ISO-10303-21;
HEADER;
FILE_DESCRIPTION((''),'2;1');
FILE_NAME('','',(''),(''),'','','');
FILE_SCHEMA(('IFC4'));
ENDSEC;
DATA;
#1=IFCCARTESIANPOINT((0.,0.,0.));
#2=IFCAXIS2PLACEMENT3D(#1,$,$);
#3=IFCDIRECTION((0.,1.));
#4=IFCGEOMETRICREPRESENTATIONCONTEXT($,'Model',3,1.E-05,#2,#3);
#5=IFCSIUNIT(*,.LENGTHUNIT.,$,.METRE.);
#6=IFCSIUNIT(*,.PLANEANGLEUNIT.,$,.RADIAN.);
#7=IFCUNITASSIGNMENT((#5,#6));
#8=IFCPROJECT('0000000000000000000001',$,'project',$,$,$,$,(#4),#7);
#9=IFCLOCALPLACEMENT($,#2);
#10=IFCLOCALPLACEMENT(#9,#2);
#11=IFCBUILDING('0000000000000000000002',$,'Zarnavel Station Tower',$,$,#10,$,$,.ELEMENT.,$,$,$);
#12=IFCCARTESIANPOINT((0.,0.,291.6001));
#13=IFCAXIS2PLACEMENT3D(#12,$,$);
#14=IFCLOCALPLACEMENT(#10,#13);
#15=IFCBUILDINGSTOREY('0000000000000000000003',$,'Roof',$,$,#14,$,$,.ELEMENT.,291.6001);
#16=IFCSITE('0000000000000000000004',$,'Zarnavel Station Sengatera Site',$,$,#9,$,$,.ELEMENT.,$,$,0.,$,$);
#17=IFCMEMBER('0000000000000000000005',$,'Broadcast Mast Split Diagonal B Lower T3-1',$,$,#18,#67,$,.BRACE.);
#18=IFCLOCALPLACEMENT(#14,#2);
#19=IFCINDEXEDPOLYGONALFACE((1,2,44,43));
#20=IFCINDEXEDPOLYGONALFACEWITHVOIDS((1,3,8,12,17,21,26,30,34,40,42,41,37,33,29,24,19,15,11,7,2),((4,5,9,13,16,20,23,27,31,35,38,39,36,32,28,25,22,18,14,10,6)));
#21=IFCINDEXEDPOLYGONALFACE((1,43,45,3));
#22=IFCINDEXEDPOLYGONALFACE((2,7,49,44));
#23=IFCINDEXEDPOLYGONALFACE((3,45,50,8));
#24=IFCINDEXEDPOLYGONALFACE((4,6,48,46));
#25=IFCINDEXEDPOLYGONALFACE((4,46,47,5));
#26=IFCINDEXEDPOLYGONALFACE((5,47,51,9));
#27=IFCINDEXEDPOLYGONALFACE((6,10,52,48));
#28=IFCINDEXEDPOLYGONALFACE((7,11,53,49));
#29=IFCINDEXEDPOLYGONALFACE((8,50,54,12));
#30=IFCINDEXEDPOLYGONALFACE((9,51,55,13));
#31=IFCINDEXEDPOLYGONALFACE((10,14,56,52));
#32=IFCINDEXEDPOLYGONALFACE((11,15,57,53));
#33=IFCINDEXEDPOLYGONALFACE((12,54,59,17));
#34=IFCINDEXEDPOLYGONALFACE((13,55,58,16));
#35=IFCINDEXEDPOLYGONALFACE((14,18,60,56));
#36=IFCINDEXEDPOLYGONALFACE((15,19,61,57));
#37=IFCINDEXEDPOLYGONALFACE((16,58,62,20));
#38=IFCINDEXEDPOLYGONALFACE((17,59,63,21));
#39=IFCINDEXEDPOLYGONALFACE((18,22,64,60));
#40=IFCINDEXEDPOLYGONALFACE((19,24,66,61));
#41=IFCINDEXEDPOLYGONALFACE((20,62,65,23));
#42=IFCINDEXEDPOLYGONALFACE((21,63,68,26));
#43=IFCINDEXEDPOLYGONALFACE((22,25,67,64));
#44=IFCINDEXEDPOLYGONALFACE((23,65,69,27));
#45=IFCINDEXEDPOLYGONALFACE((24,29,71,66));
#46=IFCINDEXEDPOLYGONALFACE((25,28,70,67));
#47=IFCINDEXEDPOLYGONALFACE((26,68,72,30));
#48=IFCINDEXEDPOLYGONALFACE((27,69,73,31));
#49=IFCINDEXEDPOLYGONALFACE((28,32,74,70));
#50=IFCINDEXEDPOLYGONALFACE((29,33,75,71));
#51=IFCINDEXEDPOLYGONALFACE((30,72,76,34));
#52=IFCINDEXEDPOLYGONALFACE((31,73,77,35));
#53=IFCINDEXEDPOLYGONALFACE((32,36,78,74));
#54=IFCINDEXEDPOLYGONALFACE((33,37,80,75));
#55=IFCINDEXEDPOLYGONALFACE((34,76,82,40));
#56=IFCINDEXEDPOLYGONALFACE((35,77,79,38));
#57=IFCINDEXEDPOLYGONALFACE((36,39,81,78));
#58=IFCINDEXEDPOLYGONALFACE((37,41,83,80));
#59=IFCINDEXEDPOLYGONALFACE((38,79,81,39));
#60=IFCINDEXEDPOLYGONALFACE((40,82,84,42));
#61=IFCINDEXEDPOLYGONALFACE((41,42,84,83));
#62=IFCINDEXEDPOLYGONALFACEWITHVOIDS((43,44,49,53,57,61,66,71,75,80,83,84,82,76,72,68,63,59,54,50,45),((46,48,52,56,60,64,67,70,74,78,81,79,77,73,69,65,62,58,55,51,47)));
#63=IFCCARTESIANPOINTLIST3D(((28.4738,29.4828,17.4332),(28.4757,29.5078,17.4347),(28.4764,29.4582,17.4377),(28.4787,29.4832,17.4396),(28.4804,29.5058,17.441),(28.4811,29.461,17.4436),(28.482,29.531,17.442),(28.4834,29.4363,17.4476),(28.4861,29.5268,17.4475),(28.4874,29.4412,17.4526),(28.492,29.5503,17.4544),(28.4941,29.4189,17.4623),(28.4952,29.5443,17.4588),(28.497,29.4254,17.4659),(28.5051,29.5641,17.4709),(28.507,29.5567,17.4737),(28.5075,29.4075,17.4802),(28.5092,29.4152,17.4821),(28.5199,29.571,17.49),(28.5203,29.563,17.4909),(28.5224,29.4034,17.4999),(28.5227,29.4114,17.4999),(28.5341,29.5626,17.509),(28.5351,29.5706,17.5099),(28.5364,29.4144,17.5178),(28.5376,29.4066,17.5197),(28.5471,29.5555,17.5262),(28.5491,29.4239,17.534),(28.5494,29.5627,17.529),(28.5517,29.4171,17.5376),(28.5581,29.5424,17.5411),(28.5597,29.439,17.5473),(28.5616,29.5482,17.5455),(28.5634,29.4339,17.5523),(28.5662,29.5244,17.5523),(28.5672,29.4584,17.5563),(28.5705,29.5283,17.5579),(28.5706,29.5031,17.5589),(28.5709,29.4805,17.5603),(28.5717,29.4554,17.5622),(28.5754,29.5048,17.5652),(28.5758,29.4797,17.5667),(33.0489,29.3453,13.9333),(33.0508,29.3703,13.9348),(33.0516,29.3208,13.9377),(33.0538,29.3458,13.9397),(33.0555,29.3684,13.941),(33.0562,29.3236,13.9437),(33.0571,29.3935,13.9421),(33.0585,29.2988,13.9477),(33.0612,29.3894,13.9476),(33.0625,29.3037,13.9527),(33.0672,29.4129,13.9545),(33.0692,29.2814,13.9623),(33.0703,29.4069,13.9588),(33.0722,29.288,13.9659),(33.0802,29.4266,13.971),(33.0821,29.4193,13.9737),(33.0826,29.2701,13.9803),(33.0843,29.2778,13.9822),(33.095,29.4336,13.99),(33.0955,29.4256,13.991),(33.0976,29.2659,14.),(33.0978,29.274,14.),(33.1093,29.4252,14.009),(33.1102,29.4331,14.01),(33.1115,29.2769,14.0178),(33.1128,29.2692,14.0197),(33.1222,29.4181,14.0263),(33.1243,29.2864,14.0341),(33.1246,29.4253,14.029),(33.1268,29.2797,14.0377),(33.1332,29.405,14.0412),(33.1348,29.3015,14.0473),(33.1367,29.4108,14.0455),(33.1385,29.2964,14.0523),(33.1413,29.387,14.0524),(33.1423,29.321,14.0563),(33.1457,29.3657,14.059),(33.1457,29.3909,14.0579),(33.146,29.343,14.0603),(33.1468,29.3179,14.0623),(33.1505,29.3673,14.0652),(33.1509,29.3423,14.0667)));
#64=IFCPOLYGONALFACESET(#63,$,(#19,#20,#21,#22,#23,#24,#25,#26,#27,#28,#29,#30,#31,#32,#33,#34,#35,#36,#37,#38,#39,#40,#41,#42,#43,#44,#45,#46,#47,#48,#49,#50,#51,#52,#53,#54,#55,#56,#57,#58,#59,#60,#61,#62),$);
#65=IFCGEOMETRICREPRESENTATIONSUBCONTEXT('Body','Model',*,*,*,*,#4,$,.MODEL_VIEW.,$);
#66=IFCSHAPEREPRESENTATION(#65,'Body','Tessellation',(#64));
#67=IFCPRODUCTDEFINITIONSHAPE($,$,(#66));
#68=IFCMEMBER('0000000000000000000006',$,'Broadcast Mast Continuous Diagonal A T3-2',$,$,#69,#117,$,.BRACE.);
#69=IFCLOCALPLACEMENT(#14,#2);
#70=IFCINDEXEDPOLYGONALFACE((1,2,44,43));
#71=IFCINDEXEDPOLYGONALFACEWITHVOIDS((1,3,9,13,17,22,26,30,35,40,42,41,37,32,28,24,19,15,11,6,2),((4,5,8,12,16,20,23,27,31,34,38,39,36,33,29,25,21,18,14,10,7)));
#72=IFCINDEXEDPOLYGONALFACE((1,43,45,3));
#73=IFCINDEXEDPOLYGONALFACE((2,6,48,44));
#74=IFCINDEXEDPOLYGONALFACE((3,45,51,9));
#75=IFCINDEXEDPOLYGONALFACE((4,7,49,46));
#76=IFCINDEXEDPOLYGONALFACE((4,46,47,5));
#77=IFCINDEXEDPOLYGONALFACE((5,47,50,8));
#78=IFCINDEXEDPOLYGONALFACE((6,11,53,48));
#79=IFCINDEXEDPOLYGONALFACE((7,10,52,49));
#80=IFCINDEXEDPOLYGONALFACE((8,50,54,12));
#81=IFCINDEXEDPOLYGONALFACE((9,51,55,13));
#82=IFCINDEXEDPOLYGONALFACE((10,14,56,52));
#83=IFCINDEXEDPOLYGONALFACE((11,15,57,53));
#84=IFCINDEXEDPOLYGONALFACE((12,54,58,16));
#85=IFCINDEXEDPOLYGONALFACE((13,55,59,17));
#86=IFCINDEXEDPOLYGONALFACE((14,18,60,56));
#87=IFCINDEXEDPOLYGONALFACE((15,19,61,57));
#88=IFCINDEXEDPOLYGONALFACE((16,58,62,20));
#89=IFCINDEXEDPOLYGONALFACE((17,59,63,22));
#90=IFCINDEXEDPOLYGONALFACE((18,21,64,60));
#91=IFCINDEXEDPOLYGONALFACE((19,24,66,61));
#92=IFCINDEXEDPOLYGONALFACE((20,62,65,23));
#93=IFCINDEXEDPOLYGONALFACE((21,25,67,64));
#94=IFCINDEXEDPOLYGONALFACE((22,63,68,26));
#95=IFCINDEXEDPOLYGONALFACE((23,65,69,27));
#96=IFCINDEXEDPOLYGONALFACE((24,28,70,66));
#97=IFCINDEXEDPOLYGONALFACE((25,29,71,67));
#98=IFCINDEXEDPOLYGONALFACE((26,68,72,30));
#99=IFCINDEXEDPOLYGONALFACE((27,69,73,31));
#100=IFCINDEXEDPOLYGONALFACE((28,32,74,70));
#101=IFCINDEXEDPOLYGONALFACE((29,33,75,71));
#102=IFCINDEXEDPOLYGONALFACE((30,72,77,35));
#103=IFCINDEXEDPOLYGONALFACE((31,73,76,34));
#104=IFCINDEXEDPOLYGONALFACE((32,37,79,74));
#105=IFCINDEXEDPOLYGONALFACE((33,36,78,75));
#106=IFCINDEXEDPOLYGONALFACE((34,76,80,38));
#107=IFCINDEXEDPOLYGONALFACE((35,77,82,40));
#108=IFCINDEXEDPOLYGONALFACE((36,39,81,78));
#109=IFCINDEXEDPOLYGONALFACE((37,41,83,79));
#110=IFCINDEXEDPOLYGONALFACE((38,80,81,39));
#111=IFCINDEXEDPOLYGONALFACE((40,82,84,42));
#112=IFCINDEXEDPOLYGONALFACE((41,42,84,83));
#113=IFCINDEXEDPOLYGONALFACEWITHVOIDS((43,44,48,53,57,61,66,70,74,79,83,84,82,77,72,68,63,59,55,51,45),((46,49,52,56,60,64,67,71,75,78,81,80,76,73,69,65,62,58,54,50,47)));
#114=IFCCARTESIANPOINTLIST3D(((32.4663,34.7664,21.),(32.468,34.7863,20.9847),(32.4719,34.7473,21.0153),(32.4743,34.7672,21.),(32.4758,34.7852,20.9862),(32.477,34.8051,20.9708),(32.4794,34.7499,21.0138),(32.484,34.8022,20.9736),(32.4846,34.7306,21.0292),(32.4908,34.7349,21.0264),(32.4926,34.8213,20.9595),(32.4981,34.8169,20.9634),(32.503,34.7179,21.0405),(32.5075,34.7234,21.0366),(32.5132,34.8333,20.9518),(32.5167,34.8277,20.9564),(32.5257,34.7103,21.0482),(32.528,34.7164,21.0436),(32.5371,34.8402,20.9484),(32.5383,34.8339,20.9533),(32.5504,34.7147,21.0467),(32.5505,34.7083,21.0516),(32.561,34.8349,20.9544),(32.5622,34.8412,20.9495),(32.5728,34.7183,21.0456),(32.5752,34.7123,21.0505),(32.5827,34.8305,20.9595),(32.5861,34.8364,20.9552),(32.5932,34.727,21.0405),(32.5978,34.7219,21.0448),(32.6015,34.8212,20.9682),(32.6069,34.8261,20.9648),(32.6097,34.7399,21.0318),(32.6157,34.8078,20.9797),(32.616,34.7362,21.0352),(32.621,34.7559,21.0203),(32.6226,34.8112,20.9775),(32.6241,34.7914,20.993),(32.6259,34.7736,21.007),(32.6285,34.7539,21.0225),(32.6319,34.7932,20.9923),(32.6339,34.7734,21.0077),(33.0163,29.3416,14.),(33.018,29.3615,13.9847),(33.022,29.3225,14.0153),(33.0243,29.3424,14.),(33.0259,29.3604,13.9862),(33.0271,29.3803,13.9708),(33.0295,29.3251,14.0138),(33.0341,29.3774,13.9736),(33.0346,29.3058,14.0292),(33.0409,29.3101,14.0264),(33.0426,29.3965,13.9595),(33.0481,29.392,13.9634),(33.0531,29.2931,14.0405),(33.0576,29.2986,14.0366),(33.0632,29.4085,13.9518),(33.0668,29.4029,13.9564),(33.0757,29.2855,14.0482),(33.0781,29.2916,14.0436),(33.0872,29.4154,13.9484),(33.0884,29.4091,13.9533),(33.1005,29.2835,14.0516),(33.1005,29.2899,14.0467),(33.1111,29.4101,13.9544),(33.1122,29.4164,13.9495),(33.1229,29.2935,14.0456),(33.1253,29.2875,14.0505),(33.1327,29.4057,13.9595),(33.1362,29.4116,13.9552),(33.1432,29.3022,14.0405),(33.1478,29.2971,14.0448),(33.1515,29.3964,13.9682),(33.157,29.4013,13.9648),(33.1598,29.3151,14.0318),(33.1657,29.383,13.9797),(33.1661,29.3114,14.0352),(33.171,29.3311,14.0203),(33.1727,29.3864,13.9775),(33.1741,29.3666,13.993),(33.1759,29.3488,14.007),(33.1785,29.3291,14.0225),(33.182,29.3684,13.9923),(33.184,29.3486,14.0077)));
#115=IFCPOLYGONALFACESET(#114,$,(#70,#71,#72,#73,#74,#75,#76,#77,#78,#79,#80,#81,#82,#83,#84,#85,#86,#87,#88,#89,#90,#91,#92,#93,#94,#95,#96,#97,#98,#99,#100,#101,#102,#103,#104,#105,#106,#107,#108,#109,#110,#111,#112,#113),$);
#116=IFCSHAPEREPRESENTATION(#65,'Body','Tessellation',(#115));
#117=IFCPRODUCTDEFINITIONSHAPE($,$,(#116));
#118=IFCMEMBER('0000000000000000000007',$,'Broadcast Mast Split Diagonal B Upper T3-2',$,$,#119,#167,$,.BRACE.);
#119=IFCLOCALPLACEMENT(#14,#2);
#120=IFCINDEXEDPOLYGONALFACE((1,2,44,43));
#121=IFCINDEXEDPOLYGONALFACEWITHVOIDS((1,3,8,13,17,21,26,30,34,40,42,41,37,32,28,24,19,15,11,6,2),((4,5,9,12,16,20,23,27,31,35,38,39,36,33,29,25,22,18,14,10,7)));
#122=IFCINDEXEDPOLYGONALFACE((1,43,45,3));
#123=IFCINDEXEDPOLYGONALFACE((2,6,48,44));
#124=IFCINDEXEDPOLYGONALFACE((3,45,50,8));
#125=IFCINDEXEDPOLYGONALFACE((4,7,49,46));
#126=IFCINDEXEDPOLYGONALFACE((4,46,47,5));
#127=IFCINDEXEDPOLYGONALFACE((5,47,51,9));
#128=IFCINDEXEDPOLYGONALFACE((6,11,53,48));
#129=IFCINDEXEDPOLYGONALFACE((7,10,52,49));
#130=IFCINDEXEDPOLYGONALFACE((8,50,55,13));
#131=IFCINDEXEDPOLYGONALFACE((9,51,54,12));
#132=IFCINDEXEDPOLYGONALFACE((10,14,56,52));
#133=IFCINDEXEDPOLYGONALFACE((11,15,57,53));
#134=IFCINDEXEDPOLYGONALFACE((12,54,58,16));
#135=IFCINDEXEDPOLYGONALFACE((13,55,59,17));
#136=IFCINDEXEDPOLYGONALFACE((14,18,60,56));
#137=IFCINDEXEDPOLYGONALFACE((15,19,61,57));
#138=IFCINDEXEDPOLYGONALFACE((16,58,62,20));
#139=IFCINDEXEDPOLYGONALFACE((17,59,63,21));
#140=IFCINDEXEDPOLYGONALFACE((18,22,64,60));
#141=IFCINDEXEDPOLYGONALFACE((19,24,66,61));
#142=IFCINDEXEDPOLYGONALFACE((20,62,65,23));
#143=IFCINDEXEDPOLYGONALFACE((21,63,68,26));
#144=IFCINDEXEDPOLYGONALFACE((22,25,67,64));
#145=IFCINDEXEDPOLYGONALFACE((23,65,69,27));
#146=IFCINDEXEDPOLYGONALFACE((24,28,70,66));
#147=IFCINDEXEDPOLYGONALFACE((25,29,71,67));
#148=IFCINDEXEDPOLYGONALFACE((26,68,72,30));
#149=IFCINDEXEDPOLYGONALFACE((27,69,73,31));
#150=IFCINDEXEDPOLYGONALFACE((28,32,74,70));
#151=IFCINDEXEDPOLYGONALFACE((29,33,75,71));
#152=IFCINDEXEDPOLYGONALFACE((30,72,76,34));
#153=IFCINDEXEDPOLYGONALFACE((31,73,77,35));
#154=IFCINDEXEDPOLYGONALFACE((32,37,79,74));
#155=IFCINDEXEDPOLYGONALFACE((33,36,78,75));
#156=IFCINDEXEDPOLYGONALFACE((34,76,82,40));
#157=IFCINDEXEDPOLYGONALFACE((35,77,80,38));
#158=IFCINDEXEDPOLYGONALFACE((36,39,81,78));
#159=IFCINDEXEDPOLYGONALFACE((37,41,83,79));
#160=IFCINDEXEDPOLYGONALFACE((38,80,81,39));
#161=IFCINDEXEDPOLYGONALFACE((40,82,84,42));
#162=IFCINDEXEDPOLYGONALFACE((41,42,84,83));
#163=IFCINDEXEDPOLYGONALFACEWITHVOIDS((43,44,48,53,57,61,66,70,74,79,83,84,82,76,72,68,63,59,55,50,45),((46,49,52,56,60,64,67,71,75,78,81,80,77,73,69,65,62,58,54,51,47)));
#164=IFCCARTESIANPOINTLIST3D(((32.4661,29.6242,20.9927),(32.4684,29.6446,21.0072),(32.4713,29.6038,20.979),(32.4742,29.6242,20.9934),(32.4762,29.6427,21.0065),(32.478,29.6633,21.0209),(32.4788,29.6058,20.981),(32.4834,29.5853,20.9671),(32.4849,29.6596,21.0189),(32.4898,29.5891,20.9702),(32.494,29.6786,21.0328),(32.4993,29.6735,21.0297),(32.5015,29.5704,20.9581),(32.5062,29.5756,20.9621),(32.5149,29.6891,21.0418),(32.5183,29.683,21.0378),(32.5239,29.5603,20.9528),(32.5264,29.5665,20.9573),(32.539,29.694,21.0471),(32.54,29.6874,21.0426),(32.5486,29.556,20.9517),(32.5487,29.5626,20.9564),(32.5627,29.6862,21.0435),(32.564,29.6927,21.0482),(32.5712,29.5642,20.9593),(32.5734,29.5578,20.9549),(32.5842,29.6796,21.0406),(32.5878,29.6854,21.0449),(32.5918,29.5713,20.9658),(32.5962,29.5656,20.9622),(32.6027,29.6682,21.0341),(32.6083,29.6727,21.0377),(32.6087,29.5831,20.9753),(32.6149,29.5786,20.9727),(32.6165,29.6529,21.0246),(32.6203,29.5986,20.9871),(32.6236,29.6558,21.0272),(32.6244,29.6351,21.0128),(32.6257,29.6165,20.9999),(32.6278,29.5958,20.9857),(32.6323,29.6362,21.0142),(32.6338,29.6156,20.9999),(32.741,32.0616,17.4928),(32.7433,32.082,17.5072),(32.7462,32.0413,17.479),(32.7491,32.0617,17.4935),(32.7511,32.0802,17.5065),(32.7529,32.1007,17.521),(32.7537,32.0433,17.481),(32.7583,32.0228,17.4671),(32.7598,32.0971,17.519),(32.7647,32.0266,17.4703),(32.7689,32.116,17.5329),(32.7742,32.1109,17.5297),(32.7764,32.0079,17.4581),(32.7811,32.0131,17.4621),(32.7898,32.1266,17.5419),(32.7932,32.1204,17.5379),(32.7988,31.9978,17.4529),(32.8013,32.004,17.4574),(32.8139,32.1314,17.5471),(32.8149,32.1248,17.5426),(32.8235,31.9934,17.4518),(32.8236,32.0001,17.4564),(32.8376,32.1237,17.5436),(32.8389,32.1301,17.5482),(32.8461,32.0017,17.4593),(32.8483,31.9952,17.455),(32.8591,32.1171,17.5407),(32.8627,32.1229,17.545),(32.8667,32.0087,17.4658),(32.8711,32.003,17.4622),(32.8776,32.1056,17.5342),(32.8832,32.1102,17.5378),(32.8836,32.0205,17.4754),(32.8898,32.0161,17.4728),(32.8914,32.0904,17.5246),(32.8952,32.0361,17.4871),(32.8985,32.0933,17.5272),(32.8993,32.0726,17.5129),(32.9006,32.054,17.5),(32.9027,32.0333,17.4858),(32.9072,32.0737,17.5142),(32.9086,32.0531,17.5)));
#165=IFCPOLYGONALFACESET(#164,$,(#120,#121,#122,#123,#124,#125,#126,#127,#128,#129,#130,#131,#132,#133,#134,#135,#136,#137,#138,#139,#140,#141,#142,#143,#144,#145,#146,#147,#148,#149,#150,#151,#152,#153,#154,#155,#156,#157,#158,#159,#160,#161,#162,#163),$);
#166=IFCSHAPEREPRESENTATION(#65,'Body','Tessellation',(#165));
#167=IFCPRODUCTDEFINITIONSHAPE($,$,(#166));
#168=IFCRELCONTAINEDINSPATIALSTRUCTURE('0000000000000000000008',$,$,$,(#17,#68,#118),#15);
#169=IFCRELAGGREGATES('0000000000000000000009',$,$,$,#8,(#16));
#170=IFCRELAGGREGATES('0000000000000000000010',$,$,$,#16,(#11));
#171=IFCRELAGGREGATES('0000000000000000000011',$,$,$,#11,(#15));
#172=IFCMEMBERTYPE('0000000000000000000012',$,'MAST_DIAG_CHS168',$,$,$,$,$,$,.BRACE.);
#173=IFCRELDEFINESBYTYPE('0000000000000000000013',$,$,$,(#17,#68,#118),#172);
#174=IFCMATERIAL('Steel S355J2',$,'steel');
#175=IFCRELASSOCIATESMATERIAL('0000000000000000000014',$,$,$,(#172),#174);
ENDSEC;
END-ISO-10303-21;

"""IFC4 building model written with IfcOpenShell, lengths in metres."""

from ifc_helpers import new_model, si_unit, direction, frame, origin, origin_2d, place, context, subcontext, project, spatial, hollow_circle, extrude, material, material_profile, profile_set, type_object, element, save


model = new_model("IFC4")

# Units and contexts
model_context = context("Model", 3, precision=1e-05, world=origin(), true_north=direction((0.0, 1.0)))
body_context = subcontext(model_context, "Body", "Model", "MODEL_VIEW")
ifc_project = project(units=[si_unit("LENGTHUNIT", "METRE"), si_unit("PLANEANGLEUNIT", "RADIAN")], contexts=[model_context])

# Site, building, storey
site_placement = place(None, origin())
site = spatial("IfcSite", under=ifc_project, at=site_placement, Name="Zarnavel Station Sengatera Site", CompositionType="ELEMENT", RefElevation=0.0)
building_placement = place(site_placement, origin())
building = spatial("IfcBuilding", under=site, at=building_placement, Name="Zarnavel Station Tower", CompositionType="ELEMENT")
storey_placement = place(building_placement, frame((0.0, 0.0, 291.6001)))
storey = spatial("IfcBuildingStorey", under=building, at=storey_placement, Name="Roof", CompositionType="ELEMENT", Elevation=291.6001)

# Members
ifc_material_1 = material(Name="Steel S355J2", Category="steel")
ifc_material_profile_1 = material_profile(ifc_material_1, hollow_circle(Radius=0.0842, WallThickness=0.0081, at=origin_2d()), Name="CHS168.3x8")
ifc_profile_set_1 = profile_set([ifc_material_profile_1], Name="Steel S355J2")
member_type_1 = type_object("IfcMemberType", Name="MAST_DIAG_CHS168", PredefinedType="BRACE", material=ifc_profile_set_1)
member_1_placement = place(storey_placement, frame((33.1001, 29.3501, 14.0), z_axis=(-0.794021, 0.023855, 0.607422), x_axis=(-0.030029, -0.999549, 0.0)))
element("IfcMember", 1, at=member_1_placement, inside=storey, type_object=member_type_1, Name="Broadcast Mast Split Diagonal B Lower T3-1", PredefinedType="BRACE", context=body_context, shape_type="SweptSolid", body=[
    extrude(hollow_circle(Radius=0.0842, WallThickness=0.0081, at=origin_2d()), origin(), (0.0, 0.0, 1.0), 5.762),
])
member_2_placement = place(storey_placement, frame((33.1001, 29.3501, 14.0), z_axis=(-0.061991, 0.61138, 0.788906), x_axis=(-0.994899, -0.100878, 0.0)))
element("IfcMember", 2, at=member_2_placement, inside=storey, type_object=member_type_1, Name="Broadcast Mast Continuous Diagonal A T3-2", PredefinedType="BRACE", context=body_context, shape_type="SweptSolid", body=[
    extrude(hollow_circle(Radius=0.0842, WallThickness=0.0081, at=origin_2d()), origin(), (0.0, 0.0, 1.0), 8.873),
])
member_3_placement = place(storey_placement, frame((32.825, 32.0625, 17.5), z_axis=(-0.06432, -0.57031, 0.818907), x_axis=(0.9937, -0.11207, 0.0)))
element("IfcMember", 3, at=member_3_placement, inside=storey, type_object=member_type_1, Name="Broadcast Mast Split Diagonal B Upper T3-2", PredefinedType="BRACE", context=body_context, shape_type="SweptSolid", body=[
    extrude(hollow_circle(Radius=0.0842, WallThickness=0.0081, at=origin_2d()), origin(), (0.0, 0.0, 1.0), 4.2739),
])

save(model, "model.ifc")
